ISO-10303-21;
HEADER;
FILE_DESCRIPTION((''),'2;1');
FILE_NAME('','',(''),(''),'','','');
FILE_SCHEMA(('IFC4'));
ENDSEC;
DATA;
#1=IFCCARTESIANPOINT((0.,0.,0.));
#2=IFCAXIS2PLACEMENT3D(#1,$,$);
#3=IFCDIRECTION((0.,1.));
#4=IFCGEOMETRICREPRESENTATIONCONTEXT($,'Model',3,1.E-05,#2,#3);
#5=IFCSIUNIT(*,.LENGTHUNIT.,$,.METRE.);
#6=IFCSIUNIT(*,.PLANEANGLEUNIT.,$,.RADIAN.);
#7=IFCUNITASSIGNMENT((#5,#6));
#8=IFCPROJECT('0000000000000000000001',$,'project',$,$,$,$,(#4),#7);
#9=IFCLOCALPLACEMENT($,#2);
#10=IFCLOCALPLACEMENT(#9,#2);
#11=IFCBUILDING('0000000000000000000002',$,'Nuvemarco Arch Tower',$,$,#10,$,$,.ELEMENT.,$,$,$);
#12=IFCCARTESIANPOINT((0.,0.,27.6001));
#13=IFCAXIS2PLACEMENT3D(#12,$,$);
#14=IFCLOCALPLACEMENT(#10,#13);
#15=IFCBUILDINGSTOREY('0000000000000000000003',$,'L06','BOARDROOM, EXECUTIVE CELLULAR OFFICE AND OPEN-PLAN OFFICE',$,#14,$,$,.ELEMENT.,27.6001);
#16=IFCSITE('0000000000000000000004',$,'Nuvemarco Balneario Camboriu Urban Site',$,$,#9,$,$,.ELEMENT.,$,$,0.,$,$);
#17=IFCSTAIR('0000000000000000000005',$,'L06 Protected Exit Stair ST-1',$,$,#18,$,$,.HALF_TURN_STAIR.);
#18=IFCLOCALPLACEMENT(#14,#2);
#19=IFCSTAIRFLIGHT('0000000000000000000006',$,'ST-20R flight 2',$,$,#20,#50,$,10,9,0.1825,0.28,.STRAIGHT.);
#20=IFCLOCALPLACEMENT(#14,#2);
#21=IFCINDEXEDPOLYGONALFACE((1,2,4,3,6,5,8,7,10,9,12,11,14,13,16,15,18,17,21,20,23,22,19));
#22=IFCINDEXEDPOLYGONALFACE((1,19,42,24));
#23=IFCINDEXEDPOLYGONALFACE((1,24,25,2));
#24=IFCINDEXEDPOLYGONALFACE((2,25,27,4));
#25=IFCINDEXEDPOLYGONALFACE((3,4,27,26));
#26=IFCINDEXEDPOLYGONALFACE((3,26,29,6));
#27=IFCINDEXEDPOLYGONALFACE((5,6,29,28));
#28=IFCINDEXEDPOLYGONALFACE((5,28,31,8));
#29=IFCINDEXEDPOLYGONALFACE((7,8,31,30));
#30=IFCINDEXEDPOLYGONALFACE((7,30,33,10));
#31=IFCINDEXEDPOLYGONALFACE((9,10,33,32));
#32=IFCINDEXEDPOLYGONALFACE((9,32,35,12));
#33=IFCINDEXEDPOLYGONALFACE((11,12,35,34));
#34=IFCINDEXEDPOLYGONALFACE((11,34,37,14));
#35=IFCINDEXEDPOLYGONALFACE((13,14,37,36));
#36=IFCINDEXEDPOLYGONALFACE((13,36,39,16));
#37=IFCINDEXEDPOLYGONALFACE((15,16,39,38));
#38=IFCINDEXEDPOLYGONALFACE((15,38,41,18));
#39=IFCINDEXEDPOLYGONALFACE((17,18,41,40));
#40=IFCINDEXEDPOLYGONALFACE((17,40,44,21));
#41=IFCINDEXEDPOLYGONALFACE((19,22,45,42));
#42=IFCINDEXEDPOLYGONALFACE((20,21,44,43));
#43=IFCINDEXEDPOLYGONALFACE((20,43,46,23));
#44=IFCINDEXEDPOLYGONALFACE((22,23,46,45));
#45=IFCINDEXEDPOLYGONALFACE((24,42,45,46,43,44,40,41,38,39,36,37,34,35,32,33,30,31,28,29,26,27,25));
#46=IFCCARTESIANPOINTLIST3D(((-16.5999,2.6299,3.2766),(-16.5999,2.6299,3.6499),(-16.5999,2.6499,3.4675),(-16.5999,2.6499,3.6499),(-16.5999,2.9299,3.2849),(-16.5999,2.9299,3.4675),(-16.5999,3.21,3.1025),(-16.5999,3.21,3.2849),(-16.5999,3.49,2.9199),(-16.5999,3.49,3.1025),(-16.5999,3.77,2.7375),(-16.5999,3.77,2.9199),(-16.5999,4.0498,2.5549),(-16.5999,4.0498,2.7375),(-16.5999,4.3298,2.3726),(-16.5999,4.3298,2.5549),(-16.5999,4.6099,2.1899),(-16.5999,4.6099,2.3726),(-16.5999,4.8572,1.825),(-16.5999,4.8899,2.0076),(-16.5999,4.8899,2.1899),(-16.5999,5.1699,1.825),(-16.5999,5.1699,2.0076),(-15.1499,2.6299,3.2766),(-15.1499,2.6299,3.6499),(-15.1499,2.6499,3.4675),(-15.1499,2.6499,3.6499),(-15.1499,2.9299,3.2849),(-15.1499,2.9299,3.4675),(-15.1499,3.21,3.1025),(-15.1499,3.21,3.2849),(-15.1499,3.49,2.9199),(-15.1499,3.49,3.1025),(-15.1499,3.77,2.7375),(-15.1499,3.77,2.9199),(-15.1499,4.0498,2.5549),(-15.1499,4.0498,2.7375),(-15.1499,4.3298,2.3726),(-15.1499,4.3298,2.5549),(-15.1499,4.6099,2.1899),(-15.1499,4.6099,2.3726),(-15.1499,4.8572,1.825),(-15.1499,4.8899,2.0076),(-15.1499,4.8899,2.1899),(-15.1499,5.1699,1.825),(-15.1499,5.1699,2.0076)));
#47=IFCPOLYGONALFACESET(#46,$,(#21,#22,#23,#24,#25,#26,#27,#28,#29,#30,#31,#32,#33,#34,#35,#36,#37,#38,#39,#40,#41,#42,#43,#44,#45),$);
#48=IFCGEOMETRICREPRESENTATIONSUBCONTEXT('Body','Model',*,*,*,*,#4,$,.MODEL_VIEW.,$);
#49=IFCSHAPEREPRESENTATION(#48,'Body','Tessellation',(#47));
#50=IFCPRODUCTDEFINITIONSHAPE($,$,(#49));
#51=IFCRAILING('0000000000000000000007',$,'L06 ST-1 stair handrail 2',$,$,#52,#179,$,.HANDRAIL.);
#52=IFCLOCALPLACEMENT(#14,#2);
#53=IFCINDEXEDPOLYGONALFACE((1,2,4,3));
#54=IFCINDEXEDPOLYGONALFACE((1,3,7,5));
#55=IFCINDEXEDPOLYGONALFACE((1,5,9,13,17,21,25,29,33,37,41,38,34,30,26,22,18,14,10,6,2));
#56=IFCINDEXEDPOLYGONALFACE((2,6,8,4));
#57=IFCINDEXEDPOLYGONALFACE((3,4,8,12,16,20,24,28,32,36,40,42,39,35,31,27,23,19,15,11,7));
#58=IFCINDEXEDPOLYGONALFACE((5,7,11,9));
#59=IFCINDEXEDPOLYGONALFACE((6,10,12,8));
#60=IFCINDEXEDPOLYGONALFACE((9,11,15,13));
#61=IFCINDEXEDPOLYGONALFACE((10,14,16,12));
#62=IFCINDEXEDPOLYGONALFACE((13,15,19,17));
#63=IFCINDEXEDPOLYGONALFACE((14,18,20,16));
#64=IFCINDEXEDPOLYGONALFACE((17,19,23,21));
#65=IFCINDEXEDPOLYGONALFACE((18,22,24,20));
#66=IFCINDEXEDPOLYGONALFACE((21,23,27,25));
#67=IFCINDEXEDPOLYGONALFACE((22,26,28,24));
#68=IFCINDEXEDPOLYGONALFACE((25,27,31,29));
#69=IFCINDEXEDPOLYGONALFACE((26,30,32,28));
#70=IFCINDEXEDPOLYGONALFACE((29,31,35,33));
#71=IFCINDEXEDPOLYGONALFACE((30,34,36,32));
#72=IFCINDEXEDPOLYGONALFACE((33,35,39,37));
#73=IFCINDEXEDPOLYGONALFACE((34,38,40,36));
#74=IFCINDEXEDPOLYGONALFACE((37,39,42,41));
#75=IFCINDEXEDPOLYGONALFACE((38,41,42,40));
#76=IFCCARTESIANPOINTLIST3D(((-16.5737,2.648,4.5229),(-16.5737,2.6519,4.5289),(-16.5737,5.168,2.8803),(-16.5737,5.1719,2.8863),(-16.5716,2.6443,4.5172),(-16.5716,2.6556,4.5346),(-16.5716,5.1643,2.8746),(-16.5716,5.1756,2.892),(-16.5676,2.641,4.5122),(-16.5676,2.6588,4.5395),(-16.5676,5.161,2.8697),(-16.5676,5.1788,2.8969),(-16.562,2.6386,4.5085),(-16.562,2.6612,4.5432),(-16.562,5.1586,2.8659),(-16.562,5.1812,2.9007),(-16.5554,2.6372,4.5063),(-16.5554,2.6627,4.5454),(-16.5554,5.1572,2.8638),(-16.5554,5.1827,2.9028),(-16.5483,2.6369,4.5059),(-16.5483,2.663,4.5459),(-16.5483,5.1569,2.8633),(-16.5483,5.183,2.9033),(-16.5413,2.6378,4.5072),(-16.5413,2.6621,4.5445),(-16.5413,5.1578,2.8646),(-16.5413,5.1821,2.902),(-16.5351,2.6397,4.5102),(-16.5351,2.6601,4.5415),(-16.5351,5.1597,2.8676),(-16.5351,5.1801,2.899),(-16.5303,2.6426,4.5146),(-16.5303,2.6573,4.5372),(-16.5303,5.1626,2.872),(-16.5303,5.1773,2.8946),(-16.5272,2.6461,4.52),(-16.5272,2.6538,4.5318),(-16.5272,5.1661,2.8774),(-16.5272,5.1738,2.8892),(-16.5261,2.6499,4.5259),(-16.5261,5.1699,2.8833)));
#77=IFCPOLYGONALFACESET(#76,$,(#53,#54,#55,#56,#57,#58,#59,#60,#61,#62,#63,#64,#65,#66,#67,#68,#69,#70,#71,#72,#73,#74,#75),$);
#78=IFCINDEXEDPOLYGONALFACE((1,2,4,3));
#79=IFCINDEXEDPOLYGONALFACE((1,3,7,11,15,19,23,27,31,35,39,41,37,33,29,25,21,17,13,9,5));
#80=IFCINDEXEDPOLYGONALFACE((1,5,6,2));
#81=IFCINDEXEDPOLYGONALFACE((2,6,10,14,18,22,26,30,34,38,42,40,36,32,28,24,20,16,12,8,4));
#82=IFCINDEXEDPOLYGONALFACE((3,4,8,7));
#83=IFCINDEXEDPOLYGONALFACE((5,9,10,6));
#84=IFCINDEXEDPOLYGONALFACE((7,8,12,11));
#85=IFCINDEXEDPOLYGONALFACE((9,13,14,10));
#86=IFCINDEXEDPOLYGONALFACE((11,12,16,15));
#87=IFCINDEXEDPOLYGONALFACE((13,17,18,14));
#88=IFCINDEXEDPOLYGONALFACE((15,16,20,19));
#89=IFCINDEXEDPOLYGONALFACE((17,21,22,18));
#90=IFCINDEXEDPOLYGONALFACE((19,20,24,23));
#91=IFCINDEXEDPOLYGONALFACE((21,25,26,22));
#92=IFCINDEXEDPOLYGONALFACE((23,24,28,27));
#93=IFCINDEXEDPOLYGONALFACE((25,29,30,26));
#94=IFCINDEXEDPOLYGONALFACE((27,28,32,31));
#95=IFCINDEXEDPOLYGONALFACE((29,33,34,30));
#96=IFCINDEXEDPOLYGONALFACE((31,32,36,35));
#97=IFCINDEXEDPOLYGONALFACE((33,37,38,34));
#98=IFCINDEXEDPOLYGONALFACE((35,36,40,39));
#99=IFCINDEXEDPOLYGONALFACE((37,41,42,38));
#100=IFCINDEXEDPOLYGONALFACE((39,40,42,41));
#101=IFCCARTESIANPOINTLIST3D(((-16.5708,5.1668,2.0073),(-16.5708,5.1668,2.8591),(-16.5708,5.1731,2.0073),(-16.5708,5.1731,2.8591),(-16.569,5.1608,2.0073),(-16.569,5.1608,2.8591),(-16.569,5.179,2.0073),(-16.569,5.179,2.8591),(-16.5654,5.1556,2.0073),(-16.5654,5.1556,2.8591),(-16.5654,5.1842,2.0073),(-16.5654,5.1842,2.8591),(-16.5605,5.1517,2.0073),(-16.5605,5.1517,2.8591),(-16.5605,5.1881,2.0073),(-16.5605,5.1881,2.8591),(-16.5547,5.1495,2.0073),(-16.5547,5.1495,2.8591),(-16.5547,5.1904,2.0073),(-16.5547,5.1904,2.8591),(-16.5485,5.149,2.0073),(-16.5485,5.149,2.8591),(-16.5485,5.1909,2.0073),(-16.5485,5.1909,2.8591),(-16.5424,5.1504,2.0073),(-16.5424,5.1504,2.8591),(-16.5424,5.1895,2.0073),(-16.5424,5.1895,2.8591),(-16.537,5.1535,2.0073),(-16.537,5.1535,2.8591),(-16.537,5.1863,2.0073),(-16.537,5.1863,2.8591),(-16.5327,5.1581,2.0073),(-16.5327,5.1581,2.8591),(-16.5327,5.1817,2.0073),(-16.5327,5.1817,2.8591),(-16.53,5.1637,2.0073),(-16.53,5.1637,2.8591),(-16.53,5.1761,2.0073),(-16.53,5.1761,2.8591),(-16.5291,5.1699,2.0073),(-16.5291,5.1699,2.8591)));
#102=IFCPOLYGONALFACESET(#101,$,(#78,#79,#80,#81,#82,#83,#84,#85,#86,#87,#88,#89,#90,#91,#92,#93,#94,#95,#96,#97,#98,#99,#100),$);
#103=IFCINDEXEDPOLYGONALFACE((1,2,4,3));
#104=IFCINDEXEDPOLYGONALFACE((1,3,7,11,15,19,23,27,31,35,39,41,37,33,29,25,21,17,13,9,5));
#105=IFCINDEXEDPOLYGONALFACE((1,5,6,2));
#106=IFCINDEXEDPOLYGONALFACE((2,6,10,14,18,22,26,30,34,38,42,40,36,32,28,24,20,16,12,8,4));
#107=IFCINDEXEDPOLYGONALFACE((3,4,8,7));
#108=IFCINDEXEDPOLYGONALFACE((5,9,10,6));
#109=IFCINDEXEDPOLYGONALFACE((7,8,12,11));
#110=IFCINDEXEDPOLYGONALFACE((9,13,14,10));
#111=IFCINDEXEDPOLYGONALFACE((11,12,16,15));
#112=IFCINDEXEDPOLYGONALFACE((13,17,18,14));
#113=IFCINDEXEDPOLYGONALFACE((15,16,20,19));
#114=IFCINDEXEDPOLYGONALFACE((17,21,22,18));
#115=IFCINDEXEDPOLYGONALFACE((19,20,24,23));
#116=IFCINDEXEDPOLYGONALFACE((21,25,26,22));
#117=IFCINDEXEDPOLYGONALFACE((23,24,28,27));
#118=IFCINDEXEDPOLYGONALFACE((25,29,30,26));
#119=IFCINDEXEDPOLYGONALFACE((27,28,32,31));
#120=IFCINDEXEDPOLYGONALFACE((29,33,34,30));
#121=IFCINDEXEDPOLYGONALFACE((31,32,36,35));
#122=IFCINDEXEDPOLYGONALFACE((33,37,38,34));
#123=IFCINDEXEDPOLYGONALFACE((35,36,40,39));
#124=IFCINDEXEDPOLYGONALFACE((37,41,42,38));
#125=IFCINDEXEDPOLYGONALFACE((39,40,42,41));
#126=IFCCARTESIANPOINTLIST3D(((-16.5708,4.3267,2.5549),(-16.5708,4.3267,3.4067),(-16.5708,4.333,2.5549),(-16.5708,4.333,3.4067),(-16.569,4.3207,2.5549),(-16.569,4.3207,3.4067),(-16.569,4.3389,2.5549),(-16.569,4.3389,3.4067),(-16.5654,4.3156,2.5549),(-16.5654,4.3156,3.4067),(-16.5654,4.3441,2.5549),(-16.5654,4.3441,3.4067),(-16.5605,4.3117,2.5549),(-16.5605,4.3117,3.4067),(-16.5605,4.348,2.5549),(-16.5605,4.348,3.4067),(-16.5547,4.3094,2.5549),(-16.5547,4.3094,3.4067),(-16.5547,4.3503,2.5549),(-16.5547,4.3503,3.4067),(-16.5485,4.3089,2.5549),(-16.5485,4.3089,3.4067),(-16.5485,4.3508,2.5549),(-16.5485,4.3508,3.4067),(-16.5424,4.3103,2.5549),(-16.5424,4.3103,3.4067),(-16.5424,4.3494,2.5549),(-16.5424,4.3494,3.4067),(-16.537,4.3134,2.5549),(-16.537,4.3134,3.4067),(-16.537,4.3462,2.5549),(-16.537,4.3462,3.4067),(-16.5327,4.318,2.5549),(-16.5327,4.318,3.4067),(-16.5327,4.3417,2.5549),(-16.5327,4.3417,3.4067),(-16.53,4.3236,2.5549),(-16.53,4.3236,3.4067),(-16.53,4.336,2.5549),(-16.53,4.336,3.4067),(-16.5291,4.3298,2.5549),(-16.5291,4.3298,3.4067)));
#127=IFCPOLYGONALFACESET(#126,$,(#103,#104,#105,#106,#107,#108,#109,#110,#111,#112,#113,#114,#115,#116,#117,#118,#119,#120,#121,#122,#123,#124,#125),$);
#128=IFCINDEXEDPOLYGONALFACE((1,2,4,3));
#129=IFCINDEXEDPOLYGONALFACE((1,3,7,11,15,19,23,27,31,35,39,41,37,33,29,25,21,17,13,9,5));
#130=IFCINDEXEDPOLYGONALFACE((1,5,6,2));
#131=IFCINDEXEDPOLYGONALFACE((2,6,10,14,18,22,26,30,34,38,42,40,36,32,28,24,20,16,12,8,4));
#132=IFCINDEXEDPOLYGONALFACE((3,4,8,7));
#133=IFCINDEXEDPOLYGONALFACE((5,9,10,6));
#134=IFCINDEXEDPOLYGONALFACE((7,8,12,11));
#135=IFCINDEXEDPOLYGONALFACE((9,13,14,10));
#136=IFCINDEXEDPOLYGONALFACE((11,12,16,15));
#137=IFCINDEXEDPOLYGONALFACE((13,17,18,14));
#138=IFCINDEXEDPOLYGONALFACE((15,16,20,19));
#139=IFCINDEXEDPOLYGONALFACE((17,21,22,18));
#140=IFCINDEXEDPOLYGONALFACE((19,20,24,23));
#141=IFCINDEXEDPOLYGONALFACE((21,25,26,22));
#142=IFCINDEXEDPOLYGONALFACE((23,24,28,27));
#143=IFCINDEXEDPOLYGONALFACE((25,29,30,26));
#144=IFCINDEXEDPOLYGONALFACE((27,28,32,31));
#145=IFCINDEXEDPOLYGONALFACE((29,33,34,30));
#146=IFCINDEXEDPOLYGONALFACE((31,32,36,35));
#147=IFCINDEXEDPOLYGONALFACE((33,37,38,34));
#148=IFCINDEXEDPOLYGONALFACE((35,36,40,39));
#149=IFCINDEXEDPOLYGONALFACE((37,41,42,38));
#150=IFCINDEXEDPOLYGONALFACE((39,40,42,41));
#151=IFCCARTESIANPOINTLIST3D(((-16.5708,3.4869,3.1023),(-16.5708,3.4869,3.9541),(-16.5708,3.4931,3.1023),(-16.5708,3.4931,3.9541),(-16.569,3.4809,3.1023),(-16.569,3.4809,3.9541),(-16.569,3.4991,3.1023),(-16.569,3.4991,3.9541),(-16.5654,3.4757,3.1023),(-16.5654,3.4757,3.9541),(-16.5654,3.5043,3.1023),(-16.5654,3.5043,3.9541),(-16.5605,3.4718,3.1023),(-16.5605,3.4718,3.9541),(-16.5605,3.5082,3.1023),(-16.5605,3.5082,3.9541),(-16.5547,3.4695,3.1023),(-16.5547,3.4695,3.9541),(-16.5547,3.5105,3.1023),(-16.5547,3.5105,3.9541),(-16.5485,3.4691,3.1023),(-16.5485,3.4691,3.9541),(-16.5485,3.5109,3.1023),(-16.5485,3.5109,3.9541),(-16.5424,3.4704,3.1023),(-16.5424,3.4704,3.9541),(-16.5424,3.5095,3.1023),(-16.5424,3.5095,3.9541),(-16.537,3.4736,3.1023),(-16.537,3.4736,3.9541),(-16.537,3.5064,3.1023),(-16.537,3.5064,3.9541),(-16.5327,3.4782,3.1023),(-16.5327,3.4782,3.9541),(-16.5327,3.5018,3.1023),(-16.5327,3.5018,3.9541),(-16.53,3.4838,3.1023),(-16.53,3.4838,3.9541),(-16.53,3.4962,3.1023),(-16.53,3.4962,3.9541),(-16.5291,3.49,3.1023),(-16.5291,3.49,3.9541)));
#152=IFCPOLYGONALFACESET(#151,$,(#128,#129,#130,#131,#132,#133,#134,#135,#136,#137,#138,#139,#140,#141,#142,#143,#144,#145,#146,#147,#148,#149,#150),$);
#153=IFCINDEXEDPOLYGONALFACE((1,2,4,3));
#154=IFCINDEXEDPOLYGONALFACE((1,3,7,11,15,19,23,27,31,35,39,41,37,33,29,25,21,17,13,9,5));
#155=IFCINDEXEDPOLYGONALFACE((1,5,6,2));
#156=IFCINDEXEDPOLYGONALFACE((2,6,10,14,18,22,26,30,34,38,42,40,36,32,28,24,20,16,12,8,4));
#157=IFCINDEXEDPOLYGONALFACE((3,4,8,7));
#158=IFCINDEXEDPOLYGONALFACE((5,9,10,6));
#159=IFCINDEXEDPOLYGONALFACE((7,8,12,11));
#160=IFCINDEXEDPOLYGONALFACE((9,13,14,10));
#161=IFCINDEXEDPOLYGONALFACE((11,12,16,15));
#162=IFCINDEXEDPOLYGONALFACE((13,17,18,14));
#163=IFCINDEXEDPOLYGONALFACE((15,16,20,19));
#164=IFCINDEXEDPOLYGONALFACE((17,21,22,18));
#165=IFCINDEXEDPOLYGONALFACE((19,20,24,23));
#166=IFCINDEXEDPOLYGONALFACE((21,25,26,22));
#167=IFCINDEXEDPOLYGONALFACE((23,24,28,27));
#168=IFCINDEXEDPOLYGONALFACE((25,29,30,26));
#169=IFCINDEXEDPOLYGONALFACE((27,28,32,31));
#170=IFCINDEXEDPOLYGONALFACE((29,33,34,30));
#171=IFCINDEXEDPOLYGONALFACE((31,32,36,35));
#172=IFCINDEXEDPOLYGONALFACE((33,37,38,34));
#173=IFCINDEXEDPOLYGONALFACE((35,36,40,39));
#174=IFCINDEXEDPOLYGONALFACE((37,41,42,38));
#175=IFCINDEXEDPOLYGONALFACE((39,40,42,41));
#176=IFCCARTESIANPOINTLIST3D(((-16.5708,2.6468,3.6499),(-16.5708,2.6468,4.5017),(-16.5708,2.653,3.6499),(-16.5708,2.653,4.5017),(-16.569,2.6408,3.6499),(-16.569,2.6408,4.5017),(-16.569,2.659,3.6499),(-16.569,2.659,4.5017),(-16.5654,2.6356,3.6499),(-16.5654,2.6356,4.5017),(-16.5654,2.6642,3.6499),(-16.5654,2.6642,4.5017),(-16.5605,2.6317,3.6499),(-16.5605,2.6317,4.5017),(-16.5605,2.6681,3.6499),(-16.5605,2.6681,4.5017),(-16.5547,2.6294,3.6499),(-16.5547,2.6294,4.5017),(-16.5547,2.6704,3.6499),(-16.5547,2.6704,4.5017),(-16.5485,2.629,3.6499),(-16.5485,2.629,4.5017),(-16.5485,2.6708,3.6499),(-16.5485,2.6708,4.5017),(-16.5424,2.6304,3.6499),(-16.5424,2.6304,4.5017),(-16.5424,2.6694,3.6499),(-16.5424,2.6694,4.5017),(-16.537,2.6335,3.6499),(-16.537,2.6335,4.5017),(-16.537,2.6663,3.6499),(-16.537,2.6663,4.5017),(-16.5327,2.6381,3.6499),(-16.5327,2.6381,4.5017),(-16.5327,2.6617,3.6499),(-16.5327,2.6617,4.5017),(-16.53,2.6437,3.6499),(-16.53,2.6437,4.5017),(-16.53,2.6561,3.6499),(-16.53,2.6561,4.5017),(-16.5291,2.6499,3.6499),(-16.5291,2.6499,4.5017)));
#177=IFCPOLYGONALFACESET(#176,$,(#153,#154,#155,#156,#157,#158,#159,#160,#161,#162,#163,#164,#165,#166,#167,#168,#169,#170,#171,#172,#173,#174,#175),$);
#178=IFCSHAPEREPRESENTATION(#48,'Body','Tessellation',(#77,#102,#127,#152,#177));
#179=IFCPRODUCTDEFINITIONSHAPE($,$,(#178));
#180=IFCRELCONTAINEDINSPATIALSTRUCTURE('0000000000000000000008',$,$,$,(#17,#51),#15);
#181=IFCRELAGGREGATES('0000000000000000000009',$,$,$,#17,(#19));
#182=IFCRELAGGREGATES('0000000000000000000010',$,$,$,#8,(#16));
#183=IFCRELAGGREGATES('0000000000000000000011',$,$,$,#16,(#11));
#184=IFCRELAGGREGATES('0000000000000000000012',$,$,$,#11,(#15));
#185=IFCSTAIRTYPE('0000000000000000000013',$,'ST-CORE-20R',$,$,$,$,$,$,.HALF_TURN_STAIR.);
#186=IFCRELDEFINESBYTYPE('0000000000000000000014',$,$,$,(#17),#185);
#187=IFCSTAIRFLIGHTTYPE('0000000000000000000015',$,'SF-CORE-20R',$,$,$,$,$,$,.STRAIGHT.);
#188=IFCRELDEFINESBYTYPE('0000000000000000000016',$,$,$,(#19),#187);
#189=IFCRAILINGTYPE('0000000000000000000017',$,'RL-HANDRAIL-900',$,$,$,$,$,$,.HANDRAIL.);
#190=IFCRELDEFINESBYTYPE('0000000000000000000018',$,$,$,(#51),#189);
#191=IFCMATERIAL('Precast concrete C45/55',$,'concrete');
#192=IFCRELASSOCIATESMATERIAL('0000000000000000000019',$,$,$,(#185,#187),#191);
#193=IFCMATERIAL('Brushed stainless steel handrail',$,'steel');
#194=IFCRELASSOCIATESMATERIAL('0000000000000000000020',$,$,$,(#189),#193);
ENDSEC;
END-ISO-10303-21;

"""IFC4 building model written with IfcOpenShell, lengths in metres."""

from ifc_helpers import new_model, si_unit, direction, frame, origin, origin_2d, place, context, subcontext, project, spatial, polyline, circle, outline, extrude, material, type_object, element, aggregate, save


model = new_model("IFC4")

# Units and contexts
model_context = context("Model", 3, precision=1e-05, world=origin(), true_north=direction((0.0, 1.0)))
body_context = subcontext(model_context, "Body", "Model", "MODEL_VIEW")
ifc_project = project(units=[si_unit("LENGTHUNIT", "METRE"), si_unit("PLANEANGLEUNIT", "RADIAN")], contexts=[model_context])

# Site, building, storey
site_placement = place(None, origin())
site = spatial("IfcSite", under=ifc_project, at=site_placement, Name="Nuvemarco Balneario Camboriu Urban Site", CompositionType="ELEMENT", RefElevation=0.0)
building_placement = place(site_placement, origin())
building = spatial("IfcBuilding", under=site, at=building_placement, Name="Nuvemarco Arch Tower", CompositionType="ELEMENT")
storey_placement = place(building_placement, frame((0.0, 0.0, 27.6001)))
storey = spatial("IfcBuildingStorey", under=building, at=storey_placement, Name="L06", Description="BOARDROOM, EXECUTIVE CELLULAR OFFICE AND OPEN-PLAN OFFICE", CompositionType="ELEMENT", Elevation=27.6001)

# Shared definitions
ifc_material_1 = material(Name="Precast concrete C45/55", Category="concrete")

# Stair, stair flight
stair_type = type_object("IfcStairType", Name="ST-CORE-20R", PredefinedType="HALF_TURN_STAIR", material=ifc_material_1)
stair_placement = place(storey_placement, origin())
stair = element("IfcStair", 1, at=stair_placement, inside=storey, type_object=stair_type, Name="L06 Protected Exit Stair ST-1", PredefinedType="HALF_TURN_STAIR")
stair_flight_type = type_object("IfcStairFlightType", Name="SF-CORE-20R", PredefinedType="STRAIGHT", material=ifc_material_1)
stair_flight_placement = place(storey_placement, frame((-15.875, 5.1699, 1.825), z_axis=(0.0, 0.0, 1.0), x_axis=(0.0, -1.0, 0.0)))
stair_flight = element("IfcStairFlight", 2, at=stair_flight_placement, type_object=stair_flight_type, Name="ST-20R flight 2", NumberOfRisers=10, NumberOfTreads=9, PredefinedType="STRAIGHT", RiserHeight=0.1825, TreadLength=0.28, context=body_context, shape_type="SweptSolid", body=[
    extrude(outline(polyline([(0.0, 0.0), (0.0, 0.1826), (0.28, 0.1826), (0.28, 0.365), (0.5601, 0.365), (0.5601, 0.5476), (0.8401, 0.5476), (0.8401, 0.73), (1.1201, 0.73), (1.1201, 0.9126), (1.3999, 0.9126), (1.3999, 1.095), (1.6799, 1.095), (1.6799, 1.2776), (1.96, 1.2776), (1.96, 1.46), (2.24, 1.46), (2.24, 1.6426), (2.52, 1.6426), (2.52, 1.825), (2.54, 1.825), (2.54, 1.4517), (0.3127, 0.0), (0.0, 0.0)])), frame((0.0, 0.7251, 0.0), z_axis=(0.0, -1.0, 0.0), x_axis=(1.0, 0.0, 0.0)), (0.0, 0.0, 1.0), 1.45),
])
aggregate(stair, [stair_flight])

# Railing
ifc_material_2 = material(Name="Brushed stainless steel handrail", Category="steel")
railing_type_1 = type_object("IfcRailingType", Name="RL-HANDRAIL-900", PredefinedType="HANDRAIL", material=ifc_material_2)
railing_1_placement = place(storey_placement, frame((-16.55, 5.1699, 2.0073)))
element("IfcRailing", 3, at=railing_1_placement, inside=storey, type_object=railing_type_1, Name="L06 ST-1 stair handrail 2", PredefinedType="HANDRAIL", context=body_context, shape_type="SweptSolid", body=[
    extrude(circle(Radius=0.0239, at=origin_2d()), frame((0.0, 0.0, 0.876), z_axis=(0.0, -0.837749, 0.546055), x_axis=(1.0, 0.0, 0.0)), (0.0, 0.0, 1.0), 3.0081),
    extrude(circle(Radius=0.021, at=origin_2d()), origin(), (0.0, 0.0, 1.0), 0.8518),
    extrude(circle(Radius=0.021, at=origin_2d()), frame((0.0, -0.8401, 0.5476)), (0.0, 0.0, 1.0), 0.8518),
    extrude(circle(Radius=0.021, at=origin_2d()), frame((0.0, -1.6799, 1.095)), (0.0, 0.0, 1.0), 0.8518),
    extrude(circle(Radius=0.021, at=origin_2d()), frame((0.0, -2.52, 1.6426)), (0.0, 0.0, 1.0), 0.8518),
])

save(model, "model.ifc")
